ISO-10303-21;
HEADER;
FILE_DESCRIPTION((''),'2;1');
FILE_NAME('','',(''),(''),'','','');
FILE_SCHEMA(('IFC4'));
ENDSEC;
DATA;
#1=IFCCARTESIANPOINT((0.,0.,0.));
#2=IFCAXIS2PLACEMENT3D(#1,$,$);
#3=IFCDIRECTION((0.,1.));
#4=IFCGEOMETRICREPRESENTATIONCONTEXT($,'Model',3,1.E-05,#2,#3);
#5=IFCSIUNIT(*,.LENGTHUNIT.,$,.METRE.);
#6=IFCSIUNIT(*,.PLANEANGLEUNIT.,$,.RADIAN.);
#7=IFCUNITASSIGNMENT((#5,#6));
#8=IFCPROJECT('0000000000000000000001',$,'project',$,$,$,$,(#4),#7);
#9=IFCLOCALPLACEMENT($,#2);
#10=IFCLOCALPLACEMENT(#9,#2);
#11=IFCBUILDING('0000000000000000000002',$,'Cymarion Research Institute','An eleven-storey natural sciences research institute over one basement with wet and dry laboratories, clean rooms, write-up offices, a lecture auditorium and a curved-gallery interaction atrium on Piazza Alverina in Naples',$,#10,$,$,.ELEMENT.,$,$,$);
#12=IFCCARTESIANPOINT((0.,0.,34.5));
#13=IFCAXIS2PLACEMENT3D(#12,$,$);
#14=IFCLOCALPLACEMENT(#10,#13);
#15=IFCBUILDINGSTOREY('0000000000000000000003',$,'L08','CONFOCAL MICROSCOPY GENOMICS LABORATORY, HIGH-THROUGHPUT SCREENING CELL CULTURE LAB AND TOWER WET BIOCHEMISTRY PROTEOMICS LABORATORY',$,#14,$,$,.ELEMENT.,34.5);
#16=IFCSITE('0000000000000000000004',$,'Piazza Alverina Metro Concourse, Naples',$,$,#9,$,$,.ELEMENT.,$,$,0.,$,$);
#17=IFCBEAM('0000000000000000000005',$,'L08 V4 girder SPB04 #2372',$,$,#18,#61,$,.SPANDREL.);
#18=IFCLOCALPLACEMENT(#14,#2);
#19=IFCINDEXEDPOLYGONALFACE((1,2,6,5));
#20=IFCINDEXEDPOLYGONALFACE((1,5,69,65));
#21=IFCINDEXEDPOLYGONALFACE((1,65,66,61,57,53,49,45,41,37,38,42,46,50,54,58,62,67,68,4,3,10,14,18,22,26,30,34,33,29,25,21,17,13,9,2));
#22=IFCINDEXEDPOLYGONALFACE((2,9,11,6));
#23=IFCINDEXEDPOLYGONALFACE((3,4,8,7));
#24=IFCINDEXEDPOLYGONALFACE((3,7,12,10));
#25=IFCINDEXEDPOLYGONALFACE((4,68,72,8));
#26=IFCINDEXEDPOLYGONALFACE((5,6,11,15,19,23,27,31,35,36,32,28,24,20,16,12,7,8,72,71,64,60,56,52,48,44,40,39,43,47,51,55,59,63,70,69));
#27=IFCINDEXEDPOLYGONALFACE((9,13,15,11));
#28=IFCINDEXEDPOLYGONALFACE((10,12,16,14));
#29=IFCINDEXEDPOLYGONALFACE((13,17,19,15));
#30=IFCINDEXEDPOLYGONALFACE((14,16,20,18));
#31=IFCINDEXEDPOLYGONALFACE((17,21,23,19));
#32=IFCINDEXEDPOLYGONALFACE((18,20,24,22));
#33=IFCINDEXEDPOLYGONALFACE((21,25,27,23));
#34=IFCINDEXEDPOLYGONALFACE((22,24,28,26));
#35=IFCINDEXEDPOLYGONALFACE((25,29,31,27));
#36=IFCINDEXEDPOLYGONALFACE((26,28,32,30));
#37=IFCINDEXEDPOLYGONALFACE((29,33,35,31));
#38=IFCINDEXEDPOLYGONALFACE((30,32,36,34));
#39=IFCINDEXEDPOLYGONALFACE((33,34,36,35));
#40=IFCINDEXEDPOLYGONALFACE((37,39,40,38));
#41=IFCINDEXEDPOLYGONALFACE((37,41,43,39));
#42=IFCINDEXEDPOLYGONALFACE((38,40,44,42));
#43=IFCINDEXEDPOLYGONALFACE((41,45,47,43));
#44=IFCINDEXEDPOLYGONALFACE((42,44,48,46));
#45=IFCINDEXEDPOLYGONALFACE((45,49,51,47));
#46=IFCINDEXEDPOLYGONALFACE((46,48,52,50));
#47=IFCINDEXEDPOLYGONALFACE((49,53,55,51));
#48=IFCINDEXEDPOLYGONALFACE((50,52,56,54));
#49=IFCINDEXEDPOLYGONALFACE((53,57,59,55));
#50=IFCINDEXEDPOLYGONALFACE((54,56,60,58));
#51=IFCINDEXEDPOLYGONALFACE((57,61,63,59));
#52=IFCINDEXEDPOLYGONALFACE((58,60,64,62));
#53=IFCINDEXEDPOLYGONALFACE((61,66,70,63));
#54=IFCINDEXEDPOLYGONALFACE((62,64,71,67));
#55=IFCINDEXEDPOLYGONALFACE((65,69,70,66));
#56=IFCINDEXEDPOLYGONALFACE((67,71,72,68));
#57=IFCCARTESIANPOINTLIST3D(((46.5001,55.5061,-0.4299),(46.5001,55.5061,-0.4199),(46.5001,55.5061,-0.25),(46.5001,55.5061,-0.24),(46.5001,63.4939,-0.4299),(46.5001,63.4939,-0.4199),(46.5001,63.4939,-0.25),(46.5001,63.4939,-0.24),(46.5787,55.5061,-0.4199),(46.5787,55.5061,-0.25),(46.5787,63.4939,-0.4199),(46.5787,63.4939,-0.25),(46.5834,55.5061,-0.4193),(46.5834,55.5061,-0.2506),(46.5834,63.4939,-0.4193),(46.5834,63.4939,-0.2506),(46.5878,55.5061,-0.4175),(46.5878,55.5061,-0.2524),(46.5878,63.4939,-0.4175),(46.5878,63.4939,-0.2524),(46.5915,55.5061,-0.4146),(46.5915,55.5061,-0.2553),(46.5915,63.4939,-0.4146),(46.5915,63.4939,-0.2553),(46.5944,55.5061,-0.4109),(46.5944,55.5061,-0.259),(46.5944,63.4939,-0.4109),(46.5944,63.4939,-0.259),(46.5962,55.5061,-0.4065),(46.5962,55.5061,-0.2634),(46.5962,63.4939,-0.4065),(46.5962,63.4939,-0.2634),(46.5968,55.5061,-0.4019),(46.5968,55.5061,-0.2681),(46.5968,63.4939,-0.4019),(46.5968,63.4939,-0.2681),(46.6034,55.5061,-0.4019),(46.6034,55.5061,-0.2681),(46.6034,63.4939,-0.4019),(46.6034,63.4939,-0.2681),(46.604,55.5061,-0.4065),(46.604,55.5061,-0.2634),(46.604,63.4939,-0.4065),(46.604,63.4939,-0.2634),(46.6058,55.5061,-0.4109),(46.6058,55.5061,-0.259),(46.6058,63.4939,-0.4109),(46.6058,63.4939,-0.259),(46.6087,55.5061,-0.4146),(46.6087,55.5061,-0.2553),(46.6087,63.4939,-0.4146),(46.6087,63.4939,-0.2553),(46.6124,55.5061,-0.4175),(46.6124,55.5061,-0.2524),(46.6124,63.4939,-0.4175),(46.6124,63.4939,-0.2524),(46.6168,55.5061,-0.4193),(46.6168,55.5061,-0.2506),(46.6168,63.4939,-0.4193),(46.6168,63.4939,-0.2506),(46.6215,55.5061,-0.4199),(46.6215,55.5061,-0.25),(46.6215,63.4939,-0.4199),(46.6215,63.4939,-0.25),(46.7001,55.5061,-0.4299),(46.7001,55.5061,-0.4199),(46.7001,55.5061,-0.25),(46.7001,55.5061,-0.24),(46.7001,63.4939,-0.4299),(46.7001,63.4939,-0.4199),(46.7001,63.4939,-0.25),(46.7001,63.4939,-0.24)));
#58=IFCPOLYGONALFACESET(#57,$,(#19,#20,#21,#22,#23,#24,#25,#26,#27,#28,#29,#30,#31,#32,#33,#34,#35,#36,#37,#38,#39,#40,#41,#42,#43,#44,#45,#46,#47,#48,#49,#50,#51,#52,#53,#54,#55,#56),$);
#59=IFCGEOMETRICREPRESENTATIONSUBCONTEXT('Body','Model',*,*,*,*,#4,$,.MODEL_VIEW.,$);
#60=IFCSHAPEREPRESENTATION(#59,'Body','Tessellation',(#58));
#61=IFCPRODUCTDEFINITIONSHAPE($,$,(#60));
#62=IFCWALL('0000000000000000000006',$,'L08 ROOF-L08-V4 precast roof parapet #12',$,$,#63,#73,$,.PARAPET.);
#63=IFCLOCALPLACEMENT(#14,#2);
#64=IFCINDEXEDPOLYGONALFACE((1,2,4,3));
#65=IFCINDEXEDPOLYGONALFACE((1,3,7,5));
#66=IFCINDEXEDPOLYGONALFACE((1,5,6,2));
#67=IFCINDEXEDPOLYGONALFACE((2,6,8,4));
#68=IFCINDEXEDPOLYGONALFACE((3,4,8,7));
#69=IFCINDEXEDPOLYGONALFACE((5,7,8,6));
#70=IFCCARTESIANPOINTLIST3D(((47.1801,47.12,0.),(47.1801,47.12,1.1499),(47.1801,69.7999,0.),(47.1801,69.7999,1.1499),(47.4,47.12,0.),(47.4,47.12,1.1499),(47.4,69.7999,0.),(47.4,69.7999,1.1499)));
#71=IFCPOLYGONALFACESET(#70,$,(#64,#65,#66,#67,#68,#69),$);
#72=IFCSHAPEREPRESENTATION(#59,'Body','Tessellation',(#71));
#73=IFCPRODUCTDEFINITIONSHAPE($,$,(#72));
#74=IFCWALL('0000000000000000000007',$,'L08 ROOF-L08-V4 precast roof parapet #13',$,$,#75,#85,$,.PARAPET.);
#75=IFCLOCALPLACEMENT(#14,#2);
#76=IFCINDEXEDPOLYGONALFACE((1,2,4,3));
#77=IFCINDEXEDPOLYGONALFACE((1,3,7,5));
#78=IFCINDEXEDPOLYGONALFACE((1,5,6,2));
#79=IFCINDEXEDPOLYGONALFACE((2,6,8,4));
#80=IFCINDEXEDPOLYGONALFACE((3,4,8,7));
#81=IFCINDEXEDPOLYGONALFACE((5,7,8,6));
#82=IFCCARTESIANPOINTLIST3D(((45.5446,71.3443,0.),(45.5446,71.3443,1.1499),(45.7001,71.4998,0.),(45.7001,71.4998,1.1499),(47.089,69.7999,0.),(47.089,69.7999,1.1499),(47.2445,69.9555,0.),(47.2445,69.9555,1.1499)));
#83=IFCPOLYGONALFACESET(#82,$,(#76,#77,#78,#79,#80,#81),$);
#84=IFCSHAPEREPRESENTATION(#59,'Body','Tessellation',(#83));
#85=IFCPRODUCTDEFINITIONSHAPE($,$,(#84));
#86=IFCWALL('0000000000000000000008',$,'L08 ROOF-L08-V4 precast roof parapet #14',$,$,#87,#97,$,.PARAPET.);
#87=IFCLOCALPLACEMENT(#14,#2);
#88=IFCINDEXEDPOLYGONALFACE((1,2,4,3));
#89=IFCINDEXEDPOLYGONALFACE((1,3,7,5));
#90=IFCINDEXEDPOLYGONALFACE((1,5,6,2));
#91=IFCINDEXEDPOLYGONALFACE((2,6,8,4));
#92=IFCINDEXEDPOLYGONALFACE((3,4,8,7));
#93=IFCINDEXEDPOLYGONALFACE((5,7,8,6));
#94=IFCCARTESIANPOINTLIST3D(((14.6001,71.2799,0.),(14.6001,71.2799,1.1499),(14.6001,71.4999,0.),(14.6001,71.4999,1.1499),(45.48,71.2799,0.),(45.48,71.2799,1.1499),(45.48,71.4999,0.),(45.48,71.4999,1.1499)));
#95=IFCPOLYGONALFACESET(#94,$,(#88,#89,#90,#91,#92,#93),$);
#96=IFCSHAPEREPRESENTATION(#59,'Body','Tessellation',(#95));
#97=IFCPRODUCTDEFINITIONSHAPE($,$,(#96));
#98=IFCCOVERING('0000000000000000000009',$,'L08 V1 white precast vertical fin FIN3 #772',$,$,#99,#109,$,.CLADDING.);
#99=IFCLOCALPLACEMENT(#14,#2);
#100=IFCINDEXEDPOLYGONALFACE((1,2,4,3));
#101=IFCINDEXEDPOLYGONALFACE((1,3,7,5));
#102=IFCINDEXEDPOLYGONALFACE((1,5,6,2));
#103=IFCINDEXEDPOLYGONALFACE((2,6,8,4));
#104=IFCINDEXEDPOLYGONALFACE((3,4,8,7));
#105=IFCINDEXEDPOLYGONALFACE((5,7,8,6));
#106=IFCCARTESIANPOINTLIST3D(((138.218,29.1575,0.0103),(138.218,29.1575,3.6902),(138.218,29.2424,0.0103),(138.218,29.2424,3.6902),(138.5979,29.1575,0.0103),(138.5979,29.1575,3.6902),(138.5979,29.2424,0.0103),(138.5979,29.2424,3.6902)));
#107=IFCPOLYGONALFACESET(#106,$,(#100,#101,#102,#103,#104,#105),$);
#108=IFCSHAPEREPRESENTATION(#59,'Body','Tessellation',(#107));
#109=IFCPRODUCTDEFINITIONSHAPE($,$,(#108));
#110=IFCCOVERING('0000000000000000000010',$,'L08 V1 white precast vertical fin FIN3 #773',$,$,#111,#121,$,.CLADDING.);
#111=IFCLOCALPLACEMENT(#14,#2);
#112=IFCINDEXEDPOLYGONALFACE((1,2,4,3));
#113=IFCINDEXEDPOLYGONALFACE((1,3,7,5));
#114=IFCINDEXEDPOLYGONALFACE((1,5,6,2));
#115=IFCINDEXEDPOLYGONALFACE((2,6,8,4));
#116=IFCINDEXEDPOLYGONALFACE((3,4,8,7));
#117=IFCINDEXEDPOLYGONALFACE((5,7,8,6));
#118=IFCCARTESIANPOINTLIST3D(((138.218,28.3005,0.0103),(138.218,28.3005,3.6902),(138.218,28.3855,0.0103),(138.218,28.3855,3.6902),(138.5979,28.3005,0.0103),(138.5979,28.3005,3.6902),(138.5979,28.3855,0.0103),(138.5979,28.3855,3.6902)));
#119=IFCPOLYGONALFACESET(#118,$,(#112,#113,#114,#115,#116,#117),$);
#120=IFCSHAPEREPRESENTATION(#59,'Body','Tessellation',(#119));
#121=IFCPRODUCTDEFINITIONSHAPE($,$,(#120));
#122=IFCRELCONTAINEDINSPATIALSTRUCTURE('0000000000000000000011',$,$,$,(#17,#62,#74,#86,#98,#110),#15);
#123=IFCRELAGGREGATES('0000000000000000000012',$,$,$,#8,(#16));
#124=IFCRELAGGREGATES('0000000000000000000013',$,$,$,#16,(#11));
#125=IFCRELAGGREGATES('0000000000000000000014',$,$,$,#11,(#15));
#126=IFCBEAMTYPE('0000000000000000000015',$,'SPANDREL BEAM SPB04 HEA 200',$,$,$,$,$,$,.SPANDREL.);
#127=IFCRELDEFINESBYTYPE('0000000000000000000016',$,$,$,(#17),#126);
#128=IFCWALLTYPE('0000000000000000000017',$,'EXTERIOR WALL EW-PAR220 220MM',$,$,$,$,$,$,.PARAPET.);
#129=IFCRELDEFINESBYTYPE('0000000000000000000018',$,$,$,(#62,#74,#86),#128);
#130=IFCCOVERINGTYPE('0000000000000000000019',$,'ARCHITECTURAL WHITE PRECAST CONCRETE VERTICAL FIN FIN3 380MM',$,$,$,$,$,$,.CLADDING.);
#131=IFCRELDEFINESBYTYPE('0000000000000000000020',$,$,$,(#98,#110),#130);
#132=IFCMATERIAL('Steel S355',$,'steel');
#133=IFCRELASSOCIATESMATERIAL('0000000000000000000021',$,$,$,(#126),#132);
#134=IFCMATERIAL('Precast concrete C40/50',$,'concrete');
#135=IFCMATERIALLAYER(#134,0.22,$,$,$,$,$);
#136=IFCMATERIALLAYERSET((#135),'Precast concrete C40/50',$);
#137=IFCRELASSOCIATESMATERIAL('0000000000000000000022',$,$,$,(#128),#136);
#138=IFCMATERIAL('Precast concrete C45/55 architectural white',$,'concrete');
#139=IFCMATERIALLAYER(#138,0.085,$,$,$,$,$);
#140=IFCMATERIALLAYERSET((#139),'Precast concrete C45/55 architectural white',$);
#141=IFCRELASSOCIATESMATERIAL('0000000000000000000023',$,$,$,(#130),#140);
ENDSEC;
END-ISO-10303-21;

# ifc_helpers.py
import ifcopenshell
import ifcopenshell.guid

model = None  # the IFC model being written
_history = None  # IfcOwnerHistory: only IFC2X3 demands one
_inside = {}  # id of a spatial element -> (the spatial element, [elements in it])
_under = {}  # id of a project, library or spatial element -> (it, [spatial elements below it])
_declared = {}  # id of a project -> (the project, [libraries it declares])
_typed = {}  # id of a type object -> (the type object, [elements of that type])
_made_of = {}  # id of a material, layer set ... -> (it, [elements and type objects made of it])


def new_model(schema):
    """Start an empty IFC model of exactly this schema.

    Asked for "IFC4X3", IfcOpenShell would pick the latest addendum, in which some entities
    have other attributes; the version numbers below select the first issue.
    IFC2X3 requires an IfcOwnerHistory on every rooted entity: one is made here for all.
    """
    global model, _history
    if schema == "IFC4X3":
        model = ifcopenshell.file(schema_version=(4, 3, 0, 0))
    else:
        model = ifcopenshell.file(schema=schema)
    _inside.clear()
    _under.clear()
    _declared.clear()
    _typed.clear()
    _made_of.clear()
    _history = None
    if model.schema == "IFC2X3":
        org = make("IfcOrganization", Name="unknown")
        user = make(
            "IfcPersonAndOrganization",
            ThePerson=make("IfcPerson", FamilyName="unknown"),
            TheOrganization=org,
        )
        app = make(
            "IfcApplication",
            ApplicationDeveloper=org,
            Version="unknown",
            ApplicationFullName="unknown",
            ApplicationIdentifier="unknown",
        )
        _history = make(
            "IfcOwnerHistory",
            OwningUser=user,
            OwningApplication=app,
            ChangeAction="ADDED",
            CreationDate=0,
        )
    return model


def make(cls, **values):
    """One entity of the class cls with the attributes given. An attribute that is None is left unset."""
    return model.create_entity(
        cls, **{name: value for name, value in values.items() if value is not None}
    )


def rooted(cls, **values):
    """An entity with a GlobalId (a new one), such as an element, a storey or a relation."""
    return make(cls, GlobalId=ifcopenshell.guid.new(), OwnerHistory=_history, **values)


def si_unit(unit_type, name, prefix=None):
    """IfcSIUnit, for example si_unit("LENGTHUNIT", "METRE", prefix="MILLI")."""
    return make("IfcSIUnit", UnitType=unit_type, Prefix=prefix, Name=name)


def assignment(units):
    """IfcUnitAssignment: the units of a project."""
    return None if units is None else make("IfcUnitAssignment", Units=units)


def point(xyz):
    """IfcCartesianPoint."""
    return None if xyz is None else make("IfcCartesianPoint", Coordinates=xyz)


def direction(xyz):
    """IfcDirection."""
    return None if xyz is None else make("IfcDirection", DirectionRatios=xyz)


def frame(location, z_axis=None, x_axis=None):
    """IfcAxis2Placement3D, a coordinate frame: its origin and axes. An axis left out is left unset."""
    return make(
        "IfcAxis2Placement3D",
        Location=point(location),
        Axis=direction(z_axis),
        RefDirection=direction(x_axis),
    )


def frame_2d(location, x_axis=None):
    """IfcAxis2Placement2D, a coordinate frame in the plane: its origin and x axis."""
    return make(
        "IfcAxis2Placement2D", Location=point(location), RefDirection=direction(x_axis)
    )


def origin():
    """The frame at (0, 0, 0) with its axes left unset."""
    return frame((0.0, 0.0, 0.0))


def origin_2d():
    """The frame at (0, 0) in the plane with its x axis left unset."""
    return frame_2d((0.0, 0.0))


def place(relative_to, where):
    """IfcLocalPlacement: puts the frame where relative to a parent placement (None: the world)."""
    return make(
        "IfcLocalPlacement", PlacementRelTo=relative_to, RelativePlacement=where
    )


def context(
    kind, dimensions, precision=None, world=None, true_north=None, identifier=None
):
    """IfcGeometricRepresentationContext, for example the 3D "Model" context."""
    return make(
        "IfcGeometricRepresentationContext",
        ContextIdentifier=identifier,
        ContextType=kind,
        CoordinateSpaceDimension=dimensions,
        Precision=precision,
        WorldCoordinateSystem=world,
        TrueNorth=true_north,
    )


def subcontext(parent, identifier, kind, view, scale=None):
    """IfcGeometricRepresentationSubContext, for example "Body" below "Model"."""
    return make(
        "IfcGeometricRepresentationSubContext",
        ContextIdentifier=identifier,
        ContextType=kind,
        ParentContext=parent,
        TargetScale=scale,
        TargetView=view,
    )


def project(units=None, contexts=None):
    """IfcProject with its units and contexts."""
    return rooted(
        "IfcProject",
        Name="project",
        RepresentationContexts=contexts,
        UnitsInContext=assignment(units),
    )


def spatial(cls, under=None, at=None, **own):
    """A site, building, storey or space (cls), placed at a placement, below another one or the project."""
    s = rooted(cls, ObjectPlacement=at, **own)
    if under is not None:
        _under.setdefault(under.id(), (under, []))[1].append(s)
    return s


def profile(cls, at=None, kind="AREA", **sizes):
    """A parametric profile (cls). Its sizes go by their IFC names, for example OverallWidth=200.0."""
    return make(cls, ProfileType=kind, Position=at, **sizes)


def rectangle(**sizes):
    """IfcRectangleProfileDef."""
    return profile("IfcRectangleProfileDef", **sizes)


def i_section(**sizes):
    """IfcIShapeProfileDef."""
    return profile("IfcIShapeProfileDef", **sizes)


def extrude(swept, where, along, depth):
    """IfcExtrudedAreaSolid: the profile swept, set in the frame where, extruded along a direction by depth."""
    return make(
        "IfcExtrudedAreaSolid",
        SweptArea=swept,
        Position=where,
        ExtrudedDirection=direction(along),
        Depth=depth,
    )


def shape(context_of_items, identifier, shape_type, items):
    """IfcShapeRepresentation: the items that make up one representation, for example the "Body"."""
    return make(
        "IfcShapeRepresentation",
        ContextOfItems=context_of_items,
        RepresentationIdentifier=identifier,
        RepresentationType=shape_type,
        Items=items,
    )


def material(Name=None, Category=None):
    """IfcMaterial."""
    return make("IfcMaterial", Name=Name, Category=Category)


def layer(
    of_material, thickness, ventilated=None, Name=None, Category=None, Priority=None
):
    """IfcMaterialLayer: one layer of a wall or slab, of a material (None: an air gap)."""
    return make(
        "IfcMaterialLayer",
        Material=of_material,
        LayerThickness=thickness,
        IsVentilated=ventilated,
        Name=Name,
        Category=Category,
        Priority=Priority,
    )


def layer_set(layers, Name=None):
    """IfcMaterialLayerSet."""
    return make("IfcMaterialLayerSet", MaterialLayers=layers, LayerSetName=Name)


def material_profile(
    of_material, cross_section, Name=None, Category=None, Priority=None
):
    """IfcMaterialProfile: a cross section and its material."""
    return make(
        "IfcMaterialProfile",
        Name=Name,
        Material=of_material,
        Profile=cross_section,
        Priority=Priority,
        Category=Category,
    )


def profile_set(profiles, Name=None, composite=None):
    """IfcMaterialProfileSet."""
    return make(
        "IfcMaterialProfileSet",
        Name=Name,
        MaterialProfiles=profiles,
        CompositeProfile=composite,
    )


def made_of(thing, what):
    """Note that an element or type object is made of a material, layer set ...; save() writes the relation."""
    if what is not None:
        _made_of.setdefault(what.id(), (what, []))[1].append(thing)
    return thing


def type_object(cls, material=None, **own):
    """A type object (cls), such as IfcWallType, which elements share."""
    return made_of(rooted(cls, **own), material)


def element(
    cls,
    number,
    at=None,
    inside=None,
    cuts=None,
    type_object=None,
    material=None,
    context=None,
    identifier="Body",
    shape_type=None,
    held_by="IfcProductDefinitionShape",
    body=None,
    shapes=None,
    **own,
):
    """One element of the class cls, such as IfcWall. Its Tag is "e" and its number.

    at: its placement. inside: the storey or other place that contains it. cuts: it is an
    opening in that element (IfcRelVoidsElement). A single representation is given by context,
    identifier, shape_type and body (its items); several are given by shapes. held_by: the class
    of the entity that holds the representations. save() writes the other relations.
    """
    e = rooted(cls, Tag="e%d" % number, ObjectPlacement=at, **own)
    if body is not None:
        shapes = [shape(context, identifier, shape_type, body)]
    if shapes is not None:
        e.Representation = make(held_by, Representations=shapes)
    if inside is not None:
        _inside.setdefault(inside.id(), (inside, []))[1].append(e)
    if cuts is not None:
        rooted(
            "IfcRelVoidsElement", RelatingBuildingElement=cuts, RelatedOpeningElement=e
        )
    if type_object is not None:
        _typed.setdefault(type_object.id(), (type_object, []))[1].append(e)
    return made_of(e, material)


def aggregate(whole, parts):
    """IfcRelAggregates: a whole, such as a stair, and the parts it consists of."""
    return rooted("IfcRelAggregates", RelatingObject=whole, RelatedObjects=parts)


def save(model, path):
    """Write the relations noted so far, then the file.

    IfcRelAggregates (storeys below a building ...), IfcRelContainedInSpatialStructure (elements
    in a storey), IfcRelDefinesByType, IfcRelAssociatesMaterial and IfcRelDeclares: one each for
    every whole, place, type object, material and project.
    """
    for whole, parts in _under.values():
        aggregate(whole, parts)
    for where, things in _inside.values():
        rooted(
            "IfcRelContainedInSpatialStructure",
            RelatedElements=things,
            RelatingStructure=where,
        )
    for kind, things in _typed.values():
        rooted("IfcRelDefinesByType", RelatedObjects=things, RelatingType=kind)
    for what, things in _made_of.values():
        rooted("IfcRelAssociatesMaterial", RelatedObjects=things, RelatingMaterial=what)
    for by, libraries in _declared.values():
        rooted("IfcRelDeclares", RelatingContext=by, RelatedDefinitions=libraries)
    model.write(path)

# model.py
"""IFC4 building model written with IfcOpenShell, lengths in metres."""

from ifc_helpers import new_model, si_unit, direction, frame, frame_2d, origin, origin_2d, place, context, subcontext, project, spatial, rectangle, i_section, extrude, material, layer, layer_set, material_profile, profile_set, type_object, element, save


model = new_model("IFC4")

# Units and contexts
model_context = context("Model", 3, precision=1e-05, world=origin(), true_north=direction((0.0, 1.0)))
body_context = subcontext(model_context, "Body", "Model", "MODEL_VIEW")
ifc_project = project(units=[si_unit("LENGTHUNIT", "METRE"), si_unit("PLANEANGLEUNIT", "RADIAN")], contexts=[model_context])

# Site, building, storey
site_placement = place(None, origin())
site = spatial("IfcSite", under=ifc_project, at=site_placement, Name="Piazza Alverina Metro Concourse, Naples", CompositionType="ELEMENT", RefElevation=0.0)
building_placement = place(site_placement, origin())
building = spatial("IfcBuilding", under=site, at=building_placement, Name="Cymarion Research Institute", Description="An eleven-storey natural sciences research institute over one basement with wet and dry laboratories, clean rooms, write-up offices, a lecture auditorium and a curved-gallery interaction atrium on Piazza Alverina in Naples", CompositionType="ELEMENT")
storey_placement = place(building_placement, frame((0.0, 0.0, 34.5)))
storey = spatial("IfcBuildingStorey", under=building, at=storey_placement, Name="L08", Description="CONFOCAL MICROSCOPY GENOMICS LABORATORY, HIGH-THROUGHPUT SCREENING CELL CULTURE LAB AND TOWER WET BIOCHEMISTRY PROTEOMICS LABORATORY", CompositionType="ELEMENT", Elevation=34.5)

# Beam
ifc_material_1 = material(Name="Steel S355", Category="steel")
ifc_material_profile_1 = material_profile(ifc_material_1, i_section(OverallWidth=0.2, OverallDepth=0.1899, WebThickness=0.0066, FlangeThickness=0.01, FilletRadius=0.0181, at=origin_2d()), Name="HEA 200")
ifc_profile_set_1 = profile_set([ifc_material_profile_1], Name="Steel S355")
beam_type_1 = type_object("IfcBeamType", Name="SPANDREL BEAM SPB04 HEA 200", PredefinedType="SPANDREL", material=ifc_profile_set_1)
for number, where, z_axis, x_axis, name in (
    (1, (46.6001, 55.5061, -0.335), (0.0, 1.0, 0.0), (-1.0, 0.0, 0.0), "L08 V4 girder SPB04 #2372"),
):
    element("IfcBeam", number, at=place(storey_placement, frame(where, z_axis=z_axis, x_axis=x_axis)), inside=storey, type_object=beam_type_1, Name=name, PredefinedType="SPANDREL", context=body_context, shape_type="SweptSolid", body=[
        extrude(i_section(OverallWidth=0.2, OverallDepth=0.1899, WebThickness=0.0066, FlangeThickness=0.01, FilletRadius=0.0181, at=origin_2d()), origin(), (0.0, 0.0, 1.0), 7.9878),
    ])

# Walls
ifc_material_2 = material(Name="Precast concrete C40/50", Category="concrete")
ifc_layer_1 = layer(ifc_material_2, 0.22)
ifc_layer_set_1 = layer_set([ifc_layer_1], Name="Precast concrete C40/50")
wall_type = type_object("IfcWallType", Name="EXTERIOR WALL EW-PAR220 220MM", PredefinedType="PARAPET", material=ifc_layer_set_1)
wall_1_placement = place(storey_placement, frame((47.29, 47.1201, 0.0), z_axis=(0.0, 0.0, 1.0), x_axis=(0.0, 1.0, 0.0)))
element("IfcWall", 2, at=wall_1_placement, inside=storey, type_object=wall_type, Name="L08 ROOF-L08-V4 precast roof parapet #12", PredefinedType="PARAPET", context=body_context, shape_type="SweptSolid", body=[
    extrude(rectangle(XDim=22.6799, YDim=0.22, at=frame_2d((11.3398, 0.0))), origin(), (0.0, 0.0, 1.0), 1.1499),
])
wall_2_placement = place(storey_placement, frame((47.1667, 69.8777, 0.0), z_axis=(0.0, 0.0, 1.0), x_axis=(-0.707107, 0.707107, 0.0)))
element("IfcWall", 3, at=wall_2_placement, inside=storey, type_object=wall_type, Name="L08 ROOF-L08-V4 precast roof parapet #13", PredefinedType="PARAPET", context=body_context, shape_type="SweptSolid", body=[
    extrude(rectangle(XDim=2.1841, YDim=0.22, at=frame_2d((1.092, 0.0))), origin(), (0.0, 0.0, 1.0), 1.1499),
])
wall_3_placement = place(storey_placement, frame((45.48, 71.3899, 0.0), z_axis=(0.0, 0.0, 1.0), x_axis=(-1.0, 0.0, 0.0)))
element("IfcWall", 4, at=wall_3_placement, inside=storey, type_object=wall_type, Name="L08 ROOF-L08-V4 precast roof parapet #14", PredefinedType="PARAPET", context=body_context, shape_type="SweptSolid", body=[
    extrude(rectangle(XDim=30.8799, YDim=0.22, at=frame_2d((15.4399, 0.0))), origin(), (0.0, 0.0, 1.0), 1.1499),
])

# Coverings
ifc_material_3 = material(Name="Precast concrete C45/55 architectural white", Category="concrete")
ifc_layer_2 = layer(ifc_material_3, 0.085)
ifc_layer_set_2 = layer_set([ifc_layer_2], Name="Precast concrete C45/55 architectural white")
covering_type = type_object("IfcCoveringType", Name="ARCHITECTURAL WHITE PRECAST CONCRETE VERTICAL FIN FIN3 380MM", PredefinedType="CLADDING", material=ifc_layer_set_2)
for number, where, z_axis, x_axis, name in (
    (5, (138.408, 29.2, 0.0103), (0.0, 0.0, 1.0), (-1.0, 0.0, 0.0), "L08 V1 white precast vertical fin FIN3 #772"),
    (6, (138.408, 28.343, 0.0103), (0.0, 0.0, 1.0), (-1.0, 0.0, 0.0), "L08 V1 white precast vertical fin FIN3 #773"),
):
    element("IfcCovering", number, at=place(storey_placement, frame(where, z_axis=z_axis, x_axis=x_axis)), inside=storey, type_object=covering_type, Name=name, PredefinedType="CLADDING", context=body_context, shape_type="SweptSolid", body=[
        extrude(rectangle(XDim=0.3799, YDim=0.085, at=origin_2d()), origin(), (0.0, 0.0, 1.0), 3.6799),
    ])

save(model, "model.ifc")
